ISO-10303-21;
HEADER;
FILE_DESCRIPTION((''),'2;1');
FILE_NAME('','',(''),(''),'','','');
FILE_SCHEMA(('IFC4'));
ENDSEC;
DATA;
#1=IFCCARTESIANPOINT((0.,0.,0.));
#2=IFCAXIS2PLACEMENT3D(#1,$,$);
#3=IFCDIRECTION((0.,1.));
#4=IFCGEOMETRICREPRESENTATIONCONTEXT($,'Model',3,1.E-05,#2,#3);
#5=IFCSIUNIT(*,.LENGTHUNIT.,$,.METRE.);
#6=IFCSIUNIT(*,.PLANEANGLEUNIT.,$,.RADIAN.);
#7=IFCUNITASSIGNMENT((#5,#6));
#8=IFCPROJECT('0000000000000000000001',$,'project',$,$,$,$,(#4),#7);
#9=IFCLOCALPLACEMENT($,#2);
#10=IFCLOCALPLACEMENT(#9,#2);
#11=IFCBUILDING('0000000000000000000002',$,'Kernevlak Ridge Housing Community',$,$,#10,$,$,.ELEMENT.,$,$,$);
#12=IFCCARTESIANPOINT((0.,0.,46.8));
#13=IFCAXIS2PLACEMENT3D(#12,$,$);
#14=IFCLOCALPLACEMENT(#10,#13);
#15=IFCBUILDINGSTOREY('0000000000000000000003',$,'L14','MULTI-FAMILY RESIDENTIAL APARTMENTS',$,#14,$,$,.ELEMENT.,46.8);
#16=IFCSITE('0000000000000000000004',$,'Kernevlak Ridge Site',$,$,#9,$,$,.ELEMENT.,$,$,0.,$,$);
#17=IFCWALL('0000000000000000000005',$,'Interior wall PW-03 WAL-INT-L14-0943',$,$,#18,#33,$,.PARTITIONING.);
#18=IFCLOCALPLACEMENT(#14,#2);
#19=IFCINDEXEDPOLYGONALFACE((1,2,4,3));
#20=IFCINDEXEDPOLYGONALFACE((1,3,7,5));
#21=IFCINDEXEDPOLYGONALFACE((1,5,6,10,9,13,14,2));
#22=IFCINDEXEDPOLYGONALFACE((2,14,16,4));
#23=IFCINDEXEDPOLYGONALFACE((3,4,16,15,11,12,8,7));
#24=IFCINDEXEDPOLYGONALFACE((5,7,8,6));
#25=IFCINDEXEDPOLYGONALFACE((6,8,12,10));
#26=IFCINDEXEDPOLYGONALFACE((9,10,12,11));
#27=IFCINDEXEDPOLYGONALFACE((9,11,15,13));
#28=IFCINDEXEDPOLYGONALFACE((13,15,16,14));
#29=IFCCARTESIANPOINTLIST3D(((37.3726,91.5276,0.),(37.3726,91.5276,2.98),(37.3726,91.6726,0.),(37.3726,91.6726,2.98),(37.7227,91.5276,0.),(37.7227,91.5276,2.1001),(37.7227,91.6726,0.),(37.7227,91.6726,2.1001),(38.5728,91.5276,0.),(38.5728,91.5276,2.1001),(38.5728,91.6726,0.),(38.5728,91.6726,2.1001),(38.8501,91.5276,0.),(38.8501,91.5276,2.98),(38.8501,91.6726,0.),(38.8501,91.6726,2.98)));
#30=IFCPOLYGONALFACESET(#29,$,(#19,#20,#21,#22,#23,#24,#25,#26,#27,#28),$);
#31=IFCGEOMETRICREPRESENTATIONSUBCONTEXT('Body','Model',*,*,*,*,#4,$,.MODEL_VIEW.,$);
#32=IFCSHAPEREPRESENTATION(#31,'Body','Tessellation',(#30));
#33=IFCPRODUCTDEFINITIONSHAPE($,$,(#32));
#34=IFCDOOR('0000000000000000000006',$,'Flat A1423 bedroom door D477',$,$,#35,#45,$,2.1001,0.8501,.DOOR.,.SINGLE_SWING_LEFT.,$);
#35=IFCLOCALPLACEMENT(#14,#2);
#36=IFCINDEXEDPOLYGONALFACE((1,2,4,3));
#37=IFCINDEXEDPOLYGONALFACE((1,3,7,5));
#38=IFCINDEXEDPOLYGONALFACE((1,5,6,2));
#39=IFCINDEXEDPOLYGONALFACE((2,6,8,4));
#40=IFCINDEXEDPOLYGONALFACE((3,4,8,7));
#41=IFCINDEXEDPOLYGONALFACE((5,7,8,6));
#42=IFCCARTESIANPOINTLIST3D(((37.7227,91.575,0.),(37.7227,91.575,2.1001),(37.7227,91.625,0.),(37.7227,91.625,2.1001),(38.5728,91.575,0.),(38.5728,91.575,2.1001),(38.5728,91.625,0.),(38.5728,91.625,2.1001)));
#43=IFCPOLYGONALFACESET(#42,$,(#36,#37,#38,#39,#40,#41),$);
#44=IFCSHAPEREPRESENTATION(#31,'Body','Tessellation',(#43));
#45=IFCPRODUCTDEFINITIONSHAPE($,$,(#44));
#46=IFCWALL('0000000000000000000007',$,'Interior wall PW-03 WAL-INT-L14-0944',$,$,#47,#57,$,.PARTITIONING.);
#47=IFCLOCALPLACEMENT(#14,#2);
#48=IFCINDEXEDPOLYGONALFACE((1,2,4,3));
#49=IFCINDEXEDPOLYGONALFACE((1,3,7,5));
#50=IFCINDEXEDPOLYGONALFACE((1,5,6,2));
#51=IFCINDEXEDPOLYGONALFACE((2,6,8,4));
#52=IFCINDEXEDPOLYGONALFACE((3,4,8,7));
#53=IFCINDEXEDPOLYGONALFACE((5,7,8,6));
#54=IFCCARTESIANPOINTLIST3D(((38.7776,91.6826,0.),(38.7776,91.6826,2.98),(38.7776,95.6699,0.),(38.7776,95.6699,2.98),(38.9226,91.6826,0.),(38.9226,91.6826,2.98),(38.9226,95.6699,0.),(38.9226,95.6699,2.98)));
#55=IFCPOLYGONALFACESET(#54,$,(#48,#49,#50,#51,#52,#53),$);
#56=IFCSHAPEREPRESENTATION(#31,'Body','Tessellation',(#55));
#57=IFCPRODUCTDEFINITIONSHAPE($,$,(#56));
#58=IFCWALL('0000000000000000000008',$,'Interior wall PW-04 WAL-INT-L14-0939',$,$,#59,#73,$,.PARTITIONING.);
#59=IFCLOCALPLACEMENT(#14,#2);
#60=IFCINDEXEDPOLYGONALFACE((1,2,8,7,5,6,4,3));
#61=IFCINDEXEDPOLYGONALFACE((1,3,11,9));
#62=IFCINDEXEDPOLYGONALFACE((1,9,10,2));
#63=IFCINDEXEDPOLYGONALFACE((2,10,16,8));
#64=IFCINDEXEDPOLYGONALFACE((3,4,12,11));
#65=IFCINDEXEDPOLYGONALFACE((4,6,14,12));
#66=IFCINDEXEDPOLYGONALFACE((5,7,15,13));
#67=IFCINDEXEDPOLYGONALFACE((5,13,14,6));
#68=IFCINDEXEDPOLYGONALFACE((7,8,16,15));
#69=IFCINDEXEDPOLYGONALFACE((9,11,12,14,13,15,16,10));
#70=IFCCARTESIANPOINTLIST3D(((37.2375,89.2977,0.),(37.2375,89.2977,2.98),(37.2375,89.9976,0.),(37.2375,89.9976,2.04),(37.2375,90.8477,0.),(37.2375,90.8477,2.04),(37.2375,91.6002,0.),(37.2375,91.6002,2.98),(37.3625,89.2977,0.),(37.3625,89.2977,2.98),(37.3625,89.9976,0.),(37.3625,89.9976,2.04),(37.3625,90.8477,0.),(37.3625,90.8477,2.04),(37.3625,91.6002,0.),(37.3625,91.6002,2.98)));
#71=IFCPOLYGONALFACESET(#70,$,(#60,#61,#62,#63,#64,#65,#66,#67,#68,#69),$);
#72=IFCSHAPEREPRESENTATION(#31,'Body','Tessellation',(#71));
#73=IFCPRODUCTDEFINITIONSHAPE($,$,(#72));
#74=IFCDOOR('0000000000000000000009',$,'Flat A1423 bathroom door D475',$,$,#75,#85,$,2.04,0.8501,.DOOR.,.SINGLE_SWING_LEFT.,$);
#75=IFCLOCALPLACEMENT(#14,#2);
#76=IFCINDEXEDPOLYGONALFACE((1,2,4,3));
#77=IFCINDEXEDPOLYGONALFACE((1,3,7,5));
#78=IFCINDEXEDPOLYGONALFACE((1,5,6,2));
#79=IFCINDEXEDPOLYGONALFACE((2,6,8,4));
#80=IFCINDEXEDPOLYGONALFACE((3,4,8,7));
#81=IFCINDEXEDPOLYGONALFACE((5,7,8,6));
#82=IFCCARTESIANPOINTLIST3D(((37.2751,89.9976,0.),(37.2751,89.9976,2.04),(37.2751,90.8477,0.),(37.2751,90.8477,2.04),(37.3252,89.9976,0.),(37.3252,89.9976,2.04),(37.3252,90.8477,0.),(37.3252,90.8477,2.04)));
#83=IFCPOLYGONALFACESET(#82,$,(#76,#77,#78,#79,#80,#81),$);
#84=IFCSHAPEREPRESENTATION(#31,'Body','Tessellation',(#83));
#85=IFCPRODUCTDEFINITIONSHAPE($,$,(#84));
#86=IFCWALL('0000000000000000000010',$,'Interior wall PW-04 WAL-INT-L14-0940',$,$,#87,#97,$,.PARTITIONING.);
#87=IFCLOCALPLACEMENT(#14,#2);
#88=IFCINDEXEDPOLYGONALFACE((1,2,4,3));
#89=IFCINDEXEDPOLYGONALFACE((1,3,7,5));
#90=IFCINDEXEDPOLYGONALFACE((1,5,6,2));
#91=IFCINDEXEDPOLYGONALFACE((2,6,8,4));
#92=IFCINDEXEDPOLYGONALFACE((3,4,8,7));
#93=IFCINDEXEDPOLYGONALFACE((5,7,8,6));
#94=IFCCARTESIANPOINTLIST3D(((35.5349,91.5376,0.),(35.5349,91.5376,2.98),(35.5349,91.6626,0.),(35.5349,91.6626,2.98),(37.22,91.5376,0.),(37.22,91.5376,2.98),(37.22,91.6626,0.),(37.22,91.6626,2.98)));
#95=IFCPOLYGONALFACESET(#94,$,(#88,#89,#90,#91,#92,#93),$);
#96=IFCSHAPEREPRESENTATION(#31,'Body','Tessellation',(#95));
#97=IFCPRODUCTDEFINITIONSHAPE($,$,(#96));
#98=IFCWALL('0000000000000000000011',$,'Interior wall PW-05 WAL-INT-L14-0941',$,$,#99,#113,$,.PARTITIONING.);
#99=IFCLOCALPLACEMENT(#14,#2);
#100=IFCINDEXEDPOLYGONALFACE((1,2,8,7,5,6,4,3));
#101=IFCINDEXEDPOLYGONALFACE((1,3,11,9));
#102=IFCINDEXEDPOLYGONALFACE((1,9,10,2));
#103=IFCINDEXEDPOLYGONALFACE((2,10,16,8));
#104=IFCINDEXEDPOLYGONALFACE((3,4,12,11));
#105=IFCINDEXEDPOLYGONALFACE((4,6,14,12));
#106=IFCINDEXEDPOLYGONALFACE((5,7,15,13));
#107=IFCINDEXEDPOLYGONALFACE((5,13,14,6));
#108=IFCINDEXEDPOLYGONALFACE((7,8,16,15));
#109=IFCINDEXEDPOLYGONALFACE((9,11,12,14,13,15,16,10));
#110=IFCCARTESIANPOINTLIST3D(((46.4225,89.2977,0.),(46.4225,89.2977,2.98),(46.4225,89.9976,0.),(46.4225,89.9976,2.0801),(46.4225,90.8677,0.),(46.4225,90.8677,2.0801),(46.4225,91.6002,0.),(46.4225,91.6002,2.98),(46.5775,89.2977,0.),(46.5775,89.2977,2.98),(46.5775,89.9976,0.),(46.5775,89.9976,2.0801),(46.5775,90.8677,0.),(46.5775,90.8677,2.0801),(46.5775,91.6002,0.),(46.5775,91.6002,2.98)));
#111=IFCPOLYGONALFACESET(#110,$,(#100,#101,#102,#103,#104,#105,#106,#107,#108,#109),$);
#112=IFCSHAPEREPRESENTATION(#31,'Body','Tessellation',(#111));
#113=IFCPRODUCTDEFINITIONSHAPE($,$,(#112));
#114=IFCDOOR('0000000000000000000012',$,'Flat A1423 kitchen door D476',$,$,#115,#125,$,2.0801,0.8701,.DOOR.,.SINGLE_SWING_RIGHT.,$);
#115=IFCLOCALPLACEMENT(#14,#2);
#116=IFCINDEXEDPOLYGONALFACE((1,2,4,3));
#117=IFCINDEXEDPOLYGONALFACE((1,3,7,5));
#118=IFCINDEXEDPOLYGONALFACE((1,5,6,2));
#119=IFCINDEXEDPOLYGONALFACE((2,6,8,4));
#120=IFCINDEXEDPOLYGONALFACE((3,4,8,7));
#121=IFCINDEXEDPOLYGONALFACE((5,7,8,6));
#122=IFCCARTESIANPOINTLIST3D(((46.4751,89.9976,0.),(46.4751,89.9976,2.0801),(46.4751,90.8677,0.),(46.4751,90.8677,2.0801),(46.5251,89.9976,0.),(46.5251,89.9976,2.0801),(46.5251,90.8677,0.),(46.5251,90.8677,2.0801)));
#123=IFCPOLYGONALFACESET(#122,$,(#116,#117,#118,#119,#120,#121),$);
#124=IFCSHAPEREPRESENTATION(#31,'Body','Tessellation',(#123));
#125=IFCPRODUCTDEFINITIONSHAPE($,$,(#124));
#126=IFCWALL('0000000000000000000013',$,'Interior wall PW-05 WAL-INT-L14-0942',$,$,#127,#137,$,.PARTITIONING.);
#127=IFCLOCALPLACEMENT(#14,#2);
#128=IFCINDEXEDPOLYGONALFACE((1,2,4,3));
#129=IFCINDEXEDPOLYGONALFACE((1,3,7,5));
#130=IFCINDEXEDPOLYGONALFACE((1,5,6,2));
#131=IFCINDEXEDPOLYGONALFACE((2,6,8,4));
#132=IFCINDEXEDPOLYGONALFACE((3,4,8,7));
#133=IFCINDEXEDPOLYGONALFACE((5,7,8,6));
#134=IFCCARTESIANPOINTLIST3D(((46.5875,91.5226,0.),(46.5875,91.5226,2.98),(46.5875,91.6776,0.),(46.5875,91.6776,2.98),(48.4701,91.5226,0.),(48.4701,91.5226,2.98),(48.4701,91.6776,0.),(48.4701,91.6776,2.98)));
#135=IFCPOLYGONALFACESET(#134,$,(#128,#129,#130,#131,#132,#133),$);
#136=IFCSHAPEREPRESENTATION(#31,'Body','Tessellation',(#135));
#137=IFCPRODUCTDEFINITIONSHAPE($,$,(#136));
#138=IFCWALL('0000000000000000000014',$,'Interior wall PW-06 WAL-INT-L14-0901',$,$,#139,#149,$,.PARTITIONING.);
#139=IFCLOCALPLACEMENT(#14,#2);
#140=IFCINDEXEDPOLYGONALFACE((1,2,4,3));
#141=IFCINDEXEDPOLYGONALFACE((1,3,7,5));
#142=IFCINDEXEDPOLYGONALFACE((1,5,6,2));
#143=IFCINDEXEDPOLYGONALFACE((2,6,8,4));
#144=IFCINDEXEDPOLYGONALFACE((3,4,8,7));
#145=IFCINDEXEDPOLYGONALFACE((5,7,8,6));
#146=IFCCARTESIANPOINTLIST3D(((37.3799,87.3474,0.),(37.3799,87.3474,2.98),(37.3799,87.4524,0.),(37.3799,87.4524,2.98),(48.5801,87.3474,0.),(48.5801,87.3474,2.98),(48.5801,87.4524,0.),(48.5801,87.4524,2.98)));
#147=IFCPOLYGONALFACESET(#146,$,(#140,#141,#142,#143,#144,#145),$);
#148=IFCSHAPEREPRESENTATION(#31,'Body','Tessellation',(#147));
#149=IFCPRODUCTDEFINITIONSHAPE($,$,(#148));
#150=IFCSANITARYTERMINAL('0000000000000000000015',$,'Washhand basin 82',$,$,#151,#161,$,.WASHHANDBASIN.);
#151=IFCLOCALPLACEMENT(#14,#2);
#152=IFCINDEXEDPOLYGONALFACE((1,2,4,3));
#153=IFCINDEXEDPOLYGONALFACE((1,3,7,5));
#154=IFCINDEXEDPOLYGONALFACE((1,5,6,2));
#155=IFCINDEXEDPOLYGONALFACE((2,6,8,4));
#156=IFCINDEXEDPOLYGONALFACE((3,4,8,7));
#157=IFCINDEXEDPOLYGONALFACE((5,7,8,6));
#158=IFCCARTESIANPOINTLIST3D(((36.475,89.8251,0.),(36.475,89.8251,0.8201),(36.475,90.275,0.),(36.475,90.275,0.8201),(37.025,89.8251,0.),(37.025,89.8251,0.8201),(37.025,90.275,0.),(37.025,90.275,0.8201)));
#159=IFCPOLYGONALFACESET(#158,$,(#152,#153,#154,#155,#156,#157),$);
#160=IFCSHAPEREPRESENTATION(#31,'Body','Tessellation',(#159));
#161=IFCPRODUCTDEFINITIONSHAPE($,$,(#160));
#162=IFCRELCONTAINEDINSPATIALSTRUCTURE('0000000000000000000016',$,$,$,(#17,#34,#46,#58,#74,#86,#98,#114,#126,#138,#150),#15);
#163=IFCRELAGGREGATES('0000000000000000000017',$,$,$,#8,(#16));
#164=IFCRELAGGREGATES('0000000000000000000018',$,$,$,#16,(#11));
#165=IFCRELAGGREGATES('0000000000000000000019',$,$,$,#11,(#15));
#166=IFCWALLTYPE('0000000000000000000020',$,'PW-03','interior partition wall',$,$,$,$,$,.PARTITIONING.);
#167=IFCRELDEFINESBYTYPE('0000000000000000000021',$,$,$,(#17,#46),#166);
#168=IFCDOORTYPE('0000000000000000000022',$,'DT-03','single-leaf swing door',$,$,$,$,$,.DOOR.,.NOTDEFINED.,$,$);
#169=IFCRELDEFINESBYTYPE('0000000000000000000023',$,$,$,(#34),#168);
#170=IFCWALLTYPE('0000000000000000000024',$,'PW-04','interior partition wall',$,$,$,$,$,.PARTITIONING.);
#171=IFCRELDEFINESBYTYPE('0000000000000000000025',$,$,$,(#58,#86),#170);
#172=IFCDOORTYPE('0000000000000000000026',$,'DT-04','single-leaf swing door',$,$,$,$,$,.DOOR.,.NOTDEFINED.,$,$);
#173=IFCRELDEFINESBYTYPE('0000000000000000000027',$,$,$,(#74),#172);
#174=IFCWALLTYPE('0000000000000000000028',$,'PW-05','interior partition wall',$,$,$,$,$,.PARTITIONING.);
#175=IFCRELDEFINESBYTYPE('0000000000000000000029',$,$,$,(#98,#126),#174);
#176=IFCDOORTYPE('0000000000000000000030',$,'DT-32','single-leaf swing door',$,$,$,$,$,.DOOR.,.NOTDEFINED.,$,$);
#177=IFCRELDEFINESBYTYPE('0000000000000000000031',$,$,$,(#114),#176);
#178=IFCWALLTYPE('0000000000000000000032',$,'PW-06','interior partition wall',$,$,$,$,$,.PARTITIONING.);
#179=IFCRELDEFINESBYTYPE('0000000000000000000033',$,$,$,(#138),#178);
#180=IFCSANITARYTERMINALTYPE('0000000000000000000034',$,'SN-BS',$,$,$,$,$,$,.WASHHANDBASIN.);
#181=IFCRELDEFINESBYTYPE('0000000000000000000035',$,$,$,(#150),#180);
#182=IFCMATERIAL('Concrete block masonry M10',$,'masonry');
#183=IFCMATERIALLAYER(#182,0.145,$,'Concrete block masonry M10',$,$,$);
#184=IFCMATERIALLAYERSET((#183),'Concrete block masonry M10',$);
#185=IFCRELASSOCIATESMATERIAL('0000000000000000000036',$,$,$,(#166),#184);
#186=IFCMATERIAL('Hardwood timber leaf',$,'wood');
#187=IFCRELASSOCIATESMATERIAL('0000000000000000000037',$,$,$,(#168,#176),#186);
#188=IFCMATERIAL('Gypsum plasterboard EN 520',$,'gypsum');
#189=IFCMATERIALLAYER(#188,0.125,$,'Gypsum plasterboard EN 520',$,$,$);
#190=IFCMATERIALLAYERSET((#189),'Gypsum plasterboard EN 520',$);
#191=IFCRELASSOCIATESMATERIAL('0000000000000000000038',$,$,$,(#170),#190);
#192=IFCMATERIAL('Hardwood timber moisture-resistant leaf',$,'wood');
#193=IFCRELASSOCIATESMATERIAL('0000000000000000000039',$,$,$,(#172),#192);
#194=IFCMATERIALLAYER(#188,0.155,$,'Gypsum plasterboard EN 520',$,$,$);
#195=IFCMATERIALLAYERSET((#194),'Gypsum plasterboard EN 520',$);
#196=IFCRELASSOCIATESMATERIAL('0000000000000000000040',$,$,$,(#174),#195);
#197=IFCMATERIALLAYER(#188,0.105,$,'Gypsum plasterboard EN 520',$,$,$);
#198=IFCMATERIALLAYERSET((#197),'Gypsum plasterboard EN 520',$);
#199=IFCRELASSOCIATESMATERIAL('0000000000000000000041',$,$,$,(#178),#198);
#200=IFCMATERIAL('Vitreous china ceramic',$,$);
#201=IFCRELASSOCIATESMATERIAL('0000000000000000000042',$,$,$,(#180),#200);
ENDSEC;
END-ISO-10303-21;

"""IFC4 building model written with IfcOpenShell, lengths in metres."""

from ifc_helpers import new_model, si_unit, direction, frame, frame_2d, origin, origin_2d, place, context, subcontext, project, spatial, rectangle, extrude, material, layer, layer_set, type_object, element, fill, save


model = new_model("IFC4")

# Units and contexts
model_context = context("Model", 3, precision=1e-05, world=origin(), true_north=direction((0.0, 1.0)))
body_context = subcontext(model_context, "Body", "Model", "MODEL_VIEW")
ifc_project = project(units=[si_unit("LENGTHUNIT", "METRE"), si_unit("PLANEANGLEUNIT", "RADIAN")], contexts=[model_context])

# Site, building, storey
site_placement = place(None, origin())
site = spatial("IfcSite", under=ifc_project, at=site_placement, Name="Kernevlak Ridge Site", CompositionType="ELEMENT", RefElevation=0.0)
building_placement = place(site_placement, origin())
building = spatial("IfcBuilding", under=site, at=building_placement, Name="Kernevlak Ridge Housing Community", CompositionType="ELEMENT")
storey_placement = place(building_placement, frame((0.0, 0.0, 46.8)))
storey = spatial("IfcBuildingStorey", under=building, at=storey_placement, Name="L14", Description="MULTI-FAMILY RESIDENTIAL APARTMENTS", CompositionType="ELEMENT", Elevation=46.8)

# Shared definitions
ifc_material_1 = material(Name="Concrete block masonry M10", Category="masonry")

# Wall, opening, door
ifc_layer_1 = layer(ifc_material_1, 0.145, Name="Concrete block masonry M10")
ifc_layer_set_1 = layer_set([ifc_layer_1], Name="Concrete block masonry M10")
wall_type_1 = type_object("IfcWallType", Name="PW-03", Description="interior partition wall", PredefinedType="PARTITIONING", material=ifc_layer_set_1)
wall_1_placement = place(storey_placement, frame((37.3726, 91.6001, 0.0), z_axis=(0.0, 0.0, 1.0), x_axis=(1.0, 0.0, 0.0)))
wall_1 = element("IfcWall", 1, at=wall_1_placement, inside=storey, type_object=wall_type_1, Name="Interior wall PW-03 WAL-INT-L14-0943", PredefinedType="PARTITIONING", context=body_context, shape_type="SweptSolid", body=[
    extrude(rectangle(XDim=1.4775, YDim=0.145, at=frame_2d((0.7388, 0.0))), origin(), (0.0, 0.0, 1.0), 2.98),
])
opening_1_placement = place(wall_1_placement, frame((0.3501, 0.0, 0.0)))
opening_1 = element("IfcOpeningElement", 2, at=opening_1_placement, cuts=wall_1, PredefinedType="OPENING", context=body_context, shape_type="SweptSolid", body=[
    extrude(rectangle(XDim=0.8501, YDim=2.1001, at=frame_2d((0.425, 1.05))), frame((0.0, 0.0825, 0.0), z_axis=(0.0, -1.0, 0.0), x_axis=(1.0, 0.0, 0.0)), (0.0, 0.0, 1.0), 0.165),
])
ifc_material_2 = material(Name="Hardwood timber leaf", Category="wood")
door_type_1 = type_object("IfcDoorType", Name="DT-03", Description="single-leaf swing door", OperationType="NOTDEFINED", PredefinedType="DOOR", material=ifc_material_2)
door_1_placement = place(opening_1_placement, origin())
door_1 = element("IfcDoor", 3, at=door_1_placement, inside=storey, type_object=door_type_1, Name="Flat A1423 bedroom door D477", OperationType="SINGLE_SWING_LEFT", OverallHeight=2.1001, OverallWidth=0.8501, PredefinedType="DOOR", context=body_context, shape_type="SweptSolid", body=[
    extrude(rectangle(XDim=0.8501, YDim=2.1001, at=frame_2d((0.425, 1.05))), frame((0.0, 0.0249, 0.0), z_axis=(0.0, -1.0, 0.0), x_axis=(1.0, 0.0, 0.0)), (0.0, 0.0, 1.0), 0.05),
])
fill(opening_1, door_1)

# Wall
wall_2_placement = place(storey_placement, frame((38.8501, 91.6826, 0.0), z_axis=(0.0, 0.0, 1.0), x_axis=(0.0, 1.0, 0.0)))
element("IfcWall", 4, at=wall_2_placement, inside=storey, type_object=wall_type_1, Name="Interior wall PW-03 WAL-INT-L14-0944", PredefinedType="PARTITIONING", context=body_context, shape_type="SweptSolid", body=[
    extrude(rectangle(XDim=3.9873, YDim=0.145, at=frame_2d((1.9937, 0.0))), origin(), (0.0, 0.0, 1.0), 2.98),
])

# Wall, opening, door
ifc_material_3 = material(Name="Gypsum plasterboard EN 520", Category="gypsum")
ifc_layer_2 = layer(ifc_material_3, 0.125, Name="Gypsum plasterboard EN 520")
ifc_layer_set_2 = layer_set([ifc_layer_2], Name="Gypsum plasterboard EN 520")
wall_type_2 = type_object("IfcWallType", Name="PW-04", Description="interior partition wall", PredefinedType="PARTITIONING", material=ifc_layer_set_2)
wall_3_placement = place(storey_placement, frame((37.3, 89.2976, 0.0), z_axis=(0.0, 0.0, 1.0), x_axis=(0.0, 1.0, 0.0)))
wall_3 = element("IfcWall", 5, at=wall_3_placement, inside=storey, type_object=wall_type_2, Name="Interior wall PW-04 WAL-INT-L14-0939", PredefinedType="PARTITIONING", context=body_context, shape_type="SweptSolid", body=[
    extrude(rectangle(XDim=2.3025, YDim=0.125, at=frame_2d((1.1514, 0.0))), origin(), (0.0, 0.0, 1.0), 2.98),
])
opening_2_placement = place(wall_3_placement, frame((0.7, 0.0, 0.0)))
opening_2 = element("IfcOpeningElement", 6, at=opening_2_placement, cuts=wall_3, PredefinedType="OPENING", context=body_context, shape_type="SweptSolid", body=[
    extrude(rectangle(XDim=0.8501, YDim=2.04, at=frame_2d((0.425, 1.02))), frame((0.0, 0.0725, 0.0), z_axis=(0.0, -1.0, 0.0), x_axis=(1.0, 0.0, 0.0)), (0.0, 0.0, 1.0), 0.145),
])
ifc_material_4 = material(Name="Hardwood timber moisture-resistant leaf", Category="wood")
door_type_2 = type_object("IfcDoorType", Name="DT-04", Description="single-leaf swing door", OperationType="NOTDEFINED", PredefinedType="DOOR", material=ifc_material_4)
door_2_placement = place(opening_2_placement, origin())
door_2 = element("IfcDoor", 7, at=door_2_placement, inside=storey, type_object=door_type_2, Name="Flat A1423 bathroom door D475", OperationType="SINGLE_SWING_LEFT", OverallHeight=2.04, OverallWidth=0.8501, PredefinedType="DOOR", context=body_context, shape_type="SweptSolid", body=[
    extrude(rectangle(XDim=0.8501, YDim=2.04, at=frame_2d((0.425, 1.02))), frame((0.0, 0.0249, 0.0), z_axis=(0.0, -1.0, 0.0), x_axis=(1.0, 0.0, 0.0)), (0.0, 0.0, 1.0), 0.05),
])
fill(opening_2, door_2)

# Wall
wall_4_placement = place(storey_placement, frame((35.5349, 91.6001, 0.0), z_axis=(0.0, 0.0, 1.0), x_axis=(1.0, 0.0, 0.0)))
element("IfcWall", 8, at=wall_4_placement, inside=storey, type_object=wall_type_2, Name="Interior wall PW-04 WAL-INT-L14-0940", PredefinedType="PARTITIONING", context=body_context, shape_type="SweptSolid", body=[
    extrude(rectangle(XDim=1.6851, YDim=0.125, at=frame_2d((0.8425, 0.0))), origin(), (0.0, 0.0, 1.0), 2.98),
])

# Wall, opening, door
ifc_layer_3 = layer(ifc_material_3, 0.155, Name="Gypsum plasterboard EN 520")
ifc_layer_set_3 = layer_set([ifc_layer_3], Name="Gypsum plasterboard EN 520")
wall_type_3 = type_object("IfcWallType", Name="PW-05", Description="interior partition wall", PredefinedType="PARTITIONING", material=ifc_layer_set_3)
wall_5_placement = place(storey_placement, frame((46.5, 89.2976, 0.0), z_axis=(0.0, 0.0, 1.0), x_axis=(0.0, 1.0, 0.0)))
wall_5 = element("IfcWall", 9, at=wall_5_placement, inside=storey, type_object=wall_type_3, Name="Interior wall PW-05 WAL-INT-L14-0941", PredefinedType="PARTITIONING", context=body_context, shape_type="SweptSolid", body=[
    extrude(rectangle(XDim=2.3025, YDim=0.155, at=frame_2d((1.1514, 0.0))), origin(), (0.0, 0.0, 1.0), 2.98),
])
opening_3_placement = place(wall_5_placement, frame((0.7, 0.0, 0.0)))
opening_3 = element("IfcOpeningElement", 10, at=opening_3_placement, cuts=wall_5, PredefinedType="OPENING", context=body_context, shape_type="SweptSolid", body=[
    extrude(rectangle(XDim=0.8701, YDim=2.0801, at=frame_2d((0.4351, 1.04))), frame((0.0, 0.0874, 0.0), z_axis=(0.0, -1.0, 0.0), x_axis=(1.0, 0.0, 0.0)), (0.0, 0.0, 1.0), 0.175),
])
door_type_3 = type_object("IfcDoorType", Name="DT-32", Description="single-leaf swing door", OperationType="NOTDEFINED", PredefinedType="DOOR", material=ifc_material_2)
door_3_placement = place(opening_3_placement, origin())
door_3 = element("IfcDoor", 11, at=door_3_placement, inside=storey, type_object=door_type_3, Name="Flat A1423 kitchen door D476", OperationType="SINGLE_SWING_RIGHT", OverallHeight=2.0801, OverallWidth=0.8701, PredefinedType="DOOR", context=body_context, shape_type="SweptSolid", body=[
    extrude(rectangle(XDim=0.8701, YDim=2.0801, at=frame_2d((0.4351, 1.04))), frame((0.0, 0.0249, 0.0), z_axis=(0.0, -1.0, 0.0), x_axis=(1.0, 0.0, 0.0)), (0.0, 0.0, 1.0), 0.05),
])
fill(opening_3, door_3)

# Walls
wall_6_placement = place(storey_placement, frame((46.5874, 91.6001, 0.0), z_axis=(0.0, 0.0, 1.0), x_axis=(1.0, 0.0, 0.0)))
element("IfcWall", 12, at=wall_6_placement, inside=storey, type_object=wall_type_3, Name="Interior wall PW-05 WAL-INT-L14-0942", PredefinedType="PARTITIONING", context=body_context, shape_type="SweptSolid", body=[
    extrude(rectangle(XDim=1.8826, YDim=0.155, at=frame_2d((0.9414, 0.0))), origin(), (0.0, 0.0, 1.0), 2.98),
])
ifc_layer_4 = layer(ifc_material_3, 0.105, Name="Gypsum plasterboard EN 520")
ifc_layer_set_4 = layer_set([ifc_layer_4], Name="Gypsum plasterboard EN 520")
wall_type_4 = type_object("IfcWallType", Name="PW-06", Description="interior partition wall", PredefinedType="PARTITIONING", material=ifc_layer_set_4)
wall_7_placement = place(storey_placement, frame((37.3799, 87.3999, 0.0), z_axis=(0.0, 0.0, 1.0), x_axis=(1.0, 0.0, 0.0)))
element("IfcWall", 13, at=wall_7_placement, inside=storey, type_object=wall_type_4, Name="Interior wall PW-06 WAL-INT-L14-0901", PredefinedType="PARTITIONING", context=body_context, shape_type="SweptSolid", body=[
    extrude(rectangle(XDim=11.2002, YDim=0.105, at=frame_2d((5.6001, 0.0))), origin(), (0.0, 0.0, 1.0), 2.98),
])

# Sanitary terminal
ifc_material_5 = material(Name="Vitreous china ceramic")
sanitary_terminal_type_1 = type_object("IfcSanitaryTerminalType", Name="SN-BS", PredefinedType="WASHHANDBASIN", material=ifc_material_5)
sanitary_terminal_1_placement = place(storey_placement, frame((36.75, 90.05, 0.0), z_axis=(0.0, 0.0, 1.0), x_axis=(1.0, 0.0, 0.0)))
element("IfcSanitaryTerminal", 14, at=sanitary_terminal_1_placement, inside=storey, type_object=sanitary_terminal_type_1, Name="Washhand basin 82", PredefinedType="WASHHANDBASIN", context=body_context, shape_type="SweptSolid", body=[
    extrude(rectangle(XDim=0.55, YDim=0.45, at=origin_2d()), origin(), (0.0, 0.0, 1.0), 0.8201),
])

save(model, "model.ifc")
